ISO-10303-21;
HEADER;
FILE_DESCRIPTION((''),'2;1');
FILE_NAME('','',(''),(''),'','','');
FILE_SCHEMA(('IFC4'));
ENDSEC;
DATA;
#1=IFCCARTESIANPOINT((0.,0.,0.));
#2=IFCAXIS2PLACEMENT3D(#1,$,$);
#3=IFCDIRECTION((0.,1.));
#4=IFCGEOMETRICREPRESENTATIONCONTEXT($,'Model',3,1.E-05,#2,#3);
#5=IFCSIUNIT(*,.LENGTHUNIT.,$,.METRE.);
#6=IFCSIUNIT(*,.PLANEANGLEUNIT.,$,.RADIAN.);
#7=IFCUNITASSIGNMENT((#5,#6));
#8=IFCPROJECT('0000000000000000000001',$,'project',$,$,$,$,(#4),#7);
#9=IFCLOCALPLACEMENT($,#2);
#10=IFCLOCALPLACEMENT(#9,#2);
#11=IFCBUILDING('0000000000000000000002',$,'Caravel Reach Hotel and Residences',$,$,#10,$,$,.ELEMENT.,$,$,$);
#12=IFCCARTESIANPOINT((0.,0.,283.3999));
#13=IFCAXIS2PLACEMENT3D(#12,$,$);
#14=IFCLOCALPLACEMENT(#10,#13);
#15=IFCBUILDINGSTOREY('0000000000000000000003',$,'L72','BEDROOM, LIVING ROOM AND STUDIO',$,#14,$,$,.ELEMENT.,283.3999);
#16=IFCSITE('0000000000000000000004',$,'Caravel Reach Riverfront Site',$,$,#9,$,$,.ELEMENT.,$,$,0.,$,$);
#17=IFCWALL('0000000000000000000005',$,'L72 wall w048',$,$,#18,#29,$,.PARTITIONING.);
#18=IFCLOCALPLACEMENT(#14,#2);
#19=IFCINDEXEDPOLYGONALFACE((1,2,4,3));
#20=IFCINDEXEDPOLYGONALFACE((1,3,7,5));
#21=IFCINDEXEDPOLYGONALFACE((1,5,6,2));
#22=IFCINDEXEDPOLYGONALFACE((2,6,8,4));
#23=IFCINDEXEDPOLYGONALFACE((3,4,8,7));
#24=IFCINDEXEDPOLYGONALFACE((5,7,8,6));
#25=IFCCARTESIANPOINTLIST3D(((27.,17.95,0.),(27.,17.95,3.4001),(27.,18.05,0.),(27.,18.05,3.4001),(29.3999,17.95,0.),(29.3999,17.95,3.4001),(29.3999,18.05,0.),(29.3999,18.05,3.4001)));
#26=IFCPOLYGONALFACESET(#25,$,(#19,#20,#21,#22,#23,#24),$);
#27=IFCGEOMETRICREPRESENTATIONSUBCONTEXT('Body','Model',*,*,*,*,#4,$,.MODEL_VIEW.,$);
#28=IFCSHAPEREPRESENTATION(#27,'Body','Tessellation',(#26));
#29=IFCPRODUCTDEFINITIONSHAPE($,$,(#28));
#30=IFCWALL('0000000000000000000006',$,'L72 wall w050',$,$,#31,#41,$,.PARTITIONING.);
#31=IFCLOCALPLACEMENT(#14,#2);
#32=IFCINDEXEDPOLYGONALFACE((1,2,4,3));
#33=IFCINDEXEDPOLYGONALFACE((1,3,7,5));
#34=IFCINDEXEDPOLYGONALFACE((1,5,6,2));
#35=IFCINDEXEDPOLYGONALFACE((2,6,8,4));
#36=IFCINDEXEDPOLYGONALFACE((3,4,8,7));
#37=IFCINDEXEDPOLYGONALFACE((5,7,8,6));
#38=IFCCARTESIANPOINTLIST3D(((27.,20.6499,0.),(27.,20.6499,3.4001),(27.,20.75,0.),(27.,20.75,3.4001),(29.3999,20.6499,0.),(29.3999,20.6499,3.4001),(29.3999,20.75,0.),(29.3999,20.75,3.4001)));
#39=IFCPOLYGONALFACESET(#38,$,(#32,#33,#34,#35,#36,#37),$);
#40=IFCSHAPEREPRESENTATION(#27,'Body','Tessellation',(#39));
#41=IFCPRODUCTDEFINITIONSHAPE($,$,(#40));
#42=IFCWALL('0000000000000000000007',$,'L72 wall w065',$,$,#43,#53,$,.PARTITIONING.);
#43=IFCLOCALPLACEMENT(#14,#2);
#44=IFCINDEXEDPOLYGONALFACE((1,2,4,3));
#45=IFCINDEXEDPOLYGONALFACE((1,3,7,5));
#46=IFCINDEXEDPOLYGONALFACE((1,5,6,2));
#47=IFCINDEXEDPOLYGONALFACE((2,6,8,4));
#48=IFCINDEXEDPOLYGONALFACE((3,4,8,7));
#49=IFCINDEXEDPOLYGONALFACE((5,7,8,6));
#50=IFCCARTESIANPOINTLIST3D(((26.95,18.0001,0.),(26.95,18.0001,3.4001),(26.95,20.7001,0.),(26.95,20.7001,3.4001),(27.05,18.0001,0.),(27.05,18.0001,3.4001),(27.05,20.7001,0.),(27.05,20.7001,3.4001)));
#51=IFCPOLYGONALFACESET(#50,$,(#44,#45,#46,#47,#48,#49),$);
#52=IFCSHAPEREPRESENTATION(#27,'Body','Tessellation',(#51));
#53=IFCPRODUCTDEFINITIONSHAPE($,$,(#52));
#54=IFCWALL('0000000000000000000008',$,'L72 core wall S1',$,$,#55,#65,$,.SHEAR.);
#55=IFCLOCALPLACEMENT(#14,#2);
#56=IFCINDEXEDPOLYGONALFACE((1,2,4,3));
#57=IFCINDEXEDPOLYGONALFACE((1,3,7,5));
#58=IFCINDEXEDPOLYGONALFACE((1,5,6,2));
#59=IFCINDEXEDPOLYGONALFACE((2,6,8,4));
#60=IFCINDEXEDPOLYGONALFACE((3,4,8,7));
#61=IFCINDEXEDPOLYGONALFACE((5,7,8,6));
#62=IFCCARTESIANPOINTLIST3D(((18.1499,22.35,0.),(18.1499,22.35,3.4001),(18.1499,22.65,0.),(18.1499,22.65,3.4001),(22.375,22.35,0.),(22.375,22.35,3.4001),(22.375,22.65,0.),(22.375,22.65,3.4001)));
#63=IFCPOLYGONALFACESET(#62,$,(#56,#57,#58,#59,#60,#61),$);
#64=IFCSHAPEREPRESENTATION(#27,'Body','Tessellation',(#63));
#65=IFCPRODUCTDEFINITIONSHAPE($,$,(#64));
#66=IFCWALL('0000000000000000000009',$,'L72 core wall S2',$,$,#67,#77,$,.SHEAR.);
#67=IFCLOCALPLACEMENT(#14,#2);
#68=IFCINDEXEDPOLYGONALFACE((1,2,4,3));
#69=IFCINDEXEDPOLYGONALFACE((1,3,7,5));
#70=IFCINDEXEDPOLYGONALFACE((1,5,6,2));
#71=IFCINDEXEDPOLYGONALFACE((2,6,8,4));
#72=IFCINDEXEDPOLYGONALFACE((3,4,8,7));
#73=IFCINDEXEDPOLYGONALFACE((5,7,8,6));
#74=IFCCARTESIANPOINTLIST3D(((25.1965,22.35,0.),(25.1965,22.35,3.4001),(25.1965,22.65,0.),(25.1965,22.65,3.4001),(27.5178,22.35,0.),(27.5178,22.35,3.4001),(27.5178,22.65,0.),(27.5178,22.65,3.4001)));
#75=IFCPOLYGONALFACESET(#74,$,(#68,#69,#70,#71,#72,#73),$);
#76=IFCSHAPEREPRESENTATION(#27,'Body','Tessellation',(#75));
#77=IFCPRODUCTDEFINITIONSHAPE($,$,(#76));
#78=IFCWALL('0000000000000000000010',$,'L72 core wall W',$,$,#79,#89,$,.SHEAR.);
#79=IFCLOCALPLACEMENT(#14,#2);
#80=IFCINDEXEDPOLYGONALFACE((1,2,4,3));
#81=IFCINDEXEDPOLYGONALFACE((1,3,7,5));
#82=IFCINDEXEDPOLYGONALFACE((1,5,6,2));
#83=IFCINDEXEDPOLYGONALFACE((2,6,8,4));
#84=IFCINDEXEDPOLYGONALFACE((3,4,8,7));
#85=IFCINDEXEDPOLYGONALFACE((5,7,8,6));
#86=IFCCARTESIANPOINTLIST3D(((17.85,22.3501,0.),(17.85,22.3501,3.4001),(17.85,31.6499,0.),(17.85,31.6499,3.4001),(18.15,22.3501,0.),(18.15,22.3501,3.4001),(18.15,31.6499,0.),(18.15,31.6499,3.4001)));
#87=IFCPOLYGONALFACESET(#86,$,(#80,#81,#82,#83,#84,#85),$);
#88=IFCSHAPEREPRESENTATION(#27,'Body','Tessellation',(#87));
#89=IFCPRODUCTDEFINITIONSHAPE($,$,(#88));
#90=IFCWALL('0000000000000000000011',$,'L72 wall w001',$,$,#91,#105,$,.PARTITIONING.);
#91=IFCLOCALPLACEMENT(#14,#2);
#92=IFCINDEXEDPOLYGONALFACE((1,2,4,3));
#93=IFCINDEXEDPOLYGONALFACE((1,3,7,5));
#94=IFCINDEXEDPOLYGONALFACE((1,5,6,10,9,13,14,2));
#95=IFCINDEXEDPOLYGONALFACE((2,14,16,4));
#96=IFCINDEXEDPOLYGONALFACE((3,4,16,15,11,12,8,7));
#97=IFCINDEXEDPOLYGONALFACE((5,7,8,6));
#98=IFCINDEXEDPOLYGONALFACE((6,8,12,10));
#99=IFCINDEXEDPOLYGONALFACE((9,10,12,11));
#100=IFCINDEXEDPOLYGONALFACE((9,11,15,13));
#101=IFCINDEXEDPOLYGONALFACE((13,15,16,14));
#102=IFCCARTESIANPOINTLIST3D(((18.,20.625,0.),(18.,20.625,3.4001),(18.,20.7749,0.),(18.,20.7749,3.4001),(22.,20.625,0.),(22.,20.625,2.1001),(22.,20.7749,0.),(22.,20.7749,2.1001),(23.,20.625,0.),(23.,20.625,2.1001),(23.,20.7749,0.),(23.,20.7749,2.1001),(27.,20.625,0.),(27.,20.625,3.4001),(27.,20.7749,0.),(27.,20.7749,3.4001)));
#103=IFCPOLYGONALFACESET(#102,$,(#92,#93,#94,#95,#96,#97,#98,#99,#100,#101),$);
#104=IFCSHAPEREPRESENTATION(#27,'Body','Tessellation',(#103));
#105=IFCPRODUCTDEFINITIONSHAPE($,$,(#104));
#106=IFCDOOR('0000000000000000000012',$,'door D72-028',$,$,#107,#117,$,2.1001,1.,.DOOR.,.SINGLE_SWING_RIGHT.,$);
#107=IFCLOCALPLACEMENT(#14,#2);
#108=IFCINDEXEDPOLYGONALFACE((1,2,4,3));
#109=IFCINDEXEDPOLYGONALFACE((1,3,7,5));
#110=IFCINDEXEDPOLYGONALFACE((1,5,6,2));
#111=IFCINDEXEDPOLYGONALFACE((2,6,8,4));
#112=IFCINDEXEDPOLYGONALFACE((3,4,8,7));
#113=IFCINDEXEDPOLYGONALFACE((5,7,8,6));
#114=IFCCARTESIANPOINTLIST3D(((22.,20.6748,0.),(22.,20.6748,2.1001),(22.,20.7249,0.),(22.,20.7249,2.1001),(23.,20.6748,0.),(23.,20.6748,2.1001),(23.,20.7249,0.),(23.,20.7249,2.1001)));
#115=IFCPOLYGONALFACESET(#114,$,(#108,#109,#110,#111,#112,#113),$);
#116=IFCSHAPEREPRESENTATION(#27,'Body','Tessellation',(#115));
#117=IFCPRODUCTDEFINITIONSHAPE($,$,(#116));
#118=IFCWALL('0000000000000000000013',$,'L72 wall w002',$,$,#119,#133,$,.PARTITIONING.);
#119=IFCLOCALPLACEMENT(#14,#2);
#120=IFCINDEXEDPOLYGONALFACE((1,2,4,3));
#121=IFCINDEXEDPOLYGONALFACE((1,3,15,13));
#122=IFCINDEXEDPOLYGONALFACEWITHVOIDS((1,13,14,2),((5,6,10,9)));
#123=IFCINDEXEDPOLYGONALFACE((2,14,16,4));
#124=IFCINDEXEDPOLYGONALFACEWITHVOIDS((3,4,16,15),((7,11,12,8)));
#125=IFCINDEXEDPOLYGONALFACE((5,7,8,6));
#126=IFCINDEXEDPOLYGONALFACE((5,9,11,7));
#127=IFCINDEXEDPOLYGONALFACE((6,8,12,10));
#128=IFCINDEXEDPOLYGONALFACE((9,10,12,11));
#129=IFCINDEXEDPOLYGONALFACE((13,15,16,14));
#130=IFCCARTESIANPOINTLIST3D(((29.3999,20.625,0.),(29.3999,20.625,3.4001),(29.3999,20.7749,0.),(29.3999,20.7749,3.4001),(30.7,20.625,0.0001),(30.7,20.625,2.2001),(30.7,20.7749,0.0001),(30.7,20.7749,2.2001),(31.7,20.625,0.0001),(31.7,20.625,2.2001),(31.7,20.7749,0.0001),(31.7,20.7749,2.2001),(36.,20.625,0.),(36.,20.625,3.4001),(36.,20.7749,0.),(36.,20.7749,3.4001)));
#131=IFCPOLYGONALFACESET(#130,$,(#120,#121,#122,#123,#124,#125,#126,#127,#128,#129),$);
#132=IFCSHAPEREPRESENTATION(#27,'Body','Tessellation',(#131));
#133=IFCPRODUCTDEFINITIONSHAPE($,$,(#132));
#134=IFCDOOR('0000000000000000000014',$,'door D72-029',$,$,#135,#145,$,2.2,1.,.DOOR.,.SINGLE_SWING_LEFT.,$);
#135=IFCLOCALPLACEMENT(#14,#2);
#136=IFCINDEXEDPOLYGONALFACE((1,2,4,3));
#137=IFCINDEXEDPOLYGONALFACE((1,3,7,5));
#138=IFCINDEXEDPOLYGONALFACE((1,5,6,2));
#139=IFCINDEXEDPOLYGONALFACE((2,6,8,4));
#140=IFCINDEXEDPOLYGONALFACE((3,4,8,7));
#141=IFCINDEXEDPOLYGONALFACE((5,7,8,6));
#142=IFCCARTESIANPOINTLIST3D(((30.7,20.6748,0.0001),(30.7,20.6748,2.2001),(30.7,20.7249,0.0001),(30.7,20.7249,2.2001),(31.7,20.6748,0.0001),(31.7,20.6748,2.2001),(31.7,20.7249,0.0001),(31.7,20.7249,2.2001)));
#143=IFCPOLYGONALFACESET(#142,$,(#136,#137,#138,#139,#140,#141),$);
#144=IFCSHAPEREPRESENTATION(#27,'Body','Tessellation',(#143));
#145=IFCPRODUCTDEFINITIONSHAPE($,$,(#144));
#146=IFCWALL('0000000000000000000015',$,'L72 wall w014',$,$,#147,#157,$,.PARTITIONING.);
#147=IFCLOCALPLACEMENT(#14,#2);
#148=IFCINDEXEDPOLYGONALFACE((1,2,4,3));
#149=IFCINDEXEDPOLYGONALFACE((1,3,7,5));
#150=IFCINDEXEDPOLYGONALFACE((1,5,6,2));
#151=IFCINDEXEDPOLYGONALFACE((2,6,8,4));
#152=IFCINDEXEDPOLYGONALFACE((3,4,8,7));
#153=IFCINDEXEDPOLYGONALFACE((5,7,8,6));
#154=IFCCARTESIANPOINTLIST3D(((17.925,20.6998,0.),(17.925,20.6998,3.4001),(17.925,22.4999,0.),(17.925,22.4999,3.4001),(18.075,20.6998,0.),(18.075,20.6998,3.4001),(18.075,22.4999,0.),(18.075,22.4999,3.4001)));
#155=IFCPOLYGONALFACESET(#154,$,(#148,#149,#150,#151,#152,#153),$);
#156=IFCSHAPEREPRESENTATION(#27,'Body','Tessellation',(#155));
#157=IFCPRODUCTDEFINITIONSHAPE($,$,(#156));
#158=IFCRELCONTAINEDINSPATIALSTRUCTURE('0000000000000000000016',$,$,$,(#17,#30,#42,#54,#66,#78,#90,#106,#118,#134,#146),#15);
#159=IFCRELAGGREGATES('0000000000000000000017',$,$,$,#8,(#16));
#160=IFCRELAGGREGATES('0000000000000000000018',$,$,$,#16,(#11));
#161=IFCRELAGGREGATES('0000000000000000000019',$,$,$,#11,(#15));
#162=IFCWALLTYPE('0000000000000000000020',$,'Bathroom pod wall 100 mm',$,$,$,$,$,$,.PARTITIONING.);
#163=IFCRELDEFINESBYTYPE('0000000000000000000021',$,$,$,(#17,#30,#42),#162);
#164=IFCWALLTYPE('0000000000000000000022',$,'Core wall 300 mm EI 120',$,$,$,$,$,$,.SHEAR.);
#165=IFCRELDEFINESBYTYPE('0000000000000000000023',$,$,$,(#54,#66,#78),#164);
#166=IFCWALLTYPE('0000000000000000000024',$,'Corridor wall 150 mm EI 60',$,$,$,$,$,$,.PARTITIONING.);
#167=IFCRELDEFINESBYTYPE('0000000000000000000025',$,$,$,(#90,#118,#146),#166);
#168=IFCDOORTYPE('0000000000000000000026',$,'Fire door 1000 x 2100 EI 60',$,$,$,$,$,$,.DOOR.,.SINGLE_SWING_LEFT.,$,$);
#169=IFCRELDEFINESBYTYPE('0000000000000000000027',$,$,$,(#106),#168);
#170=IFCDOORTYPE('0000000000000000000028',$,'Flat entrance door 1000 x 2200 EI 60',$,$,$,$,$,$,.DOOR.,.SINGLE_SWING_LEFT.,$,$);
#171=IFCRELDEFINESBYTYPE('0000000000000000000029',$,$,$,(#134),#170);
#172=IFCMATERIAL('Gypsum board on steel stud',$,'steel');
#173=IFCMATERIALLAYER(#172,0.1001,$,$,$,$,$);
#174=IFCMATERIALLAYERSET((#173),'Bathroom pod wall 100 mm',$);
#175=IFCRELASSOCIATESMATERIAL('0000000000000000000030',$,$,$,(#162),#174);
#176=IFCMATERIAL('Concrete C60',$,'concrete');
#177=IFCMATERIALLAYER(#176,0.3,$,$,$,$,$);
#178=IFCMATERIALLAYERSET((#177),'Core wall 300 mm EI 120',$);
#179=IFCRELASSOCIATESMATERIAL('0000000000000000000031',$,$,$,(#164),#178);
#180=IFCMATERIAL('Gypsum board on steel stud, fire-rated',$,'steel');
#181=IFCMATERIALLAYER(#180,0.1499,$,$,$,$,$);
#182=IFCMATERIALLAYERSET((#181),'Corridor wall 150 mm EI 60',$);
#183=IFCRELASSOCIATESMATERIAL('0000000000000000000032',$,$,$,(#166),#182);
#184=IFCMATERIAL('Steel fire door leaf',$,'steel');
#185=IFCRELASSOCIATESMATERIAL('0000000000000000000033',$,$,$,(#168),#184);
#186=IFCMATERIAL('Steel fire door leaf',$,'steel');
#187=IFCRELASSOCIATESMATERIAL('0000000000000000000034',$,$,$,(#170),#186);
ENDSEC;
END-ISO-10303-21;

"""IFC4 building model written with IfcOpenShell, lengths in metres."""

from ifc_helpers import new_model, si_unit, direction, frame, frame_2d, origin, place, context, subcontext, project, spatial, rectangle, extrude, material, layer, layer_set, type_object, element, fill, save


model = new_model("IFC4")

# Units and contexts
model_context = context("Model", 3, precision=1e-05, world=origin(), true_north=direction((0.0, 1.0)))
body_context = subcontext(model_context, "Body", "Model", "MODEL_VIEW")
ifc_project = project(units=[si_unit("LENGTHUNIT", "METRE"), si_unit("PLANEANGLEUNIT", "RADIAN")], contexts=[model_context])

# Site, building, storey
site_placement = place(None, origin())
site = spatial("IfcSite", under=ifc_project, at=site_placement, Name="Caravel Reach Riverfront Site", CompositionType="ELEMENT", RefElevation=0.0)
building_placement = place(site_placement, origin())
building = spatial("IfcBuilding", under=site, at=building_placement, Name="Caravel Reach Hotel and Residences", CompositionType="ELEMENT")
storey_placement = place(building_placement, frame((0.0, 0.0, 283.3999)))
storey = spatial("IfcBuildingStorey", under=building, at=storey_placement, Name="L72", Description="BEDROOM, LIVING ROOM AND STUDIO", CompositionType="ELEMENT", Elevation=283.3999)

# Walls
ifc_material_1 = material(Name="Gypsum board on steel stud", Category="steel")
ifc_layer_1 = layer(ifc_material_1, 0.1001)
ifc_layer_set_1 = layer_set([ifc_layer_1], Name="Bathroom pod wall 100 mm")
wall_type_1 = type_object("IfcWallType", Name="Bathroom pod wall 100 mm", PredefinedType="PARTITIONING", material=ifc_layer_set_1)
for number, where, z_axis, x_axis, name in (
    (1, (27.0, 18.0, 0.0), (0.0, 0.0, 1.0), (1.0, 0.0, 0.0), "L72 wall w048"),
    (2, (27.0, 20.7, 0.0), (0.0, 0.0, 1.0), (1.0, 0.0, 0.0), "L72 wall w050"),
):
    element("IfcWall", number, at=place(storey_placement, frame(where, z_axis=z_axis, x_axis=x_axis)), inside=storey, type_object=wall_type_1, Name=name, PredefinedType="PARTITIONING", context=body_context, shape_type="SweptSolid", body=[
        extrude(rectangle(XDim=2.3999, YDim=0.1001, at=frame_2d((1.2, 0.0))), origin(), (0.0, 0.0, 1.0), 3.4001),
    ])
wall_1_placement = place(storey_placement, frame((27.0, 18.0, 0.0), z_axis=(0.0, 0.0, 1.0), x_axis=(0.0, 1.0, 0.0)))
element("IfcWall", 3, at=wall_1_placement, inside=storey, type_object=wall_type_1, Name="L72 wall w065", PredefinedType="PARTITIONING", context=body_context, shape_type="SweptSolid", body=[
    extrude(rectangle(XDim=2.7, YDim=0.1001, at=frame_2d((1.3501, 0.0))), origin(), (0.0, 0.0, 1.0), 3.4001),
])
ifc_material_2 = material(Name="Concrete C60", Category="concrete")
ifc_layer_2 = layer(ifc_material_2, 0.3)
ifc_layer_set_2 = layer_set([ifc_layer_2], Name="Core wall 300 mm EI 120")
wall_type_2 = type_object("IfcWallType", Name="Core wall 300 mm EI 120", PredefinedType="SHEAR", material=ifc_layer_set_2)
wall_2_placement = place(storey_placement, frame((18.1499, 22.5, 0.0), z_axis=(0.0, 0.0, 1.0), x_axis=(1.0, 0.0, 0.0)))
element("IfcWall", 4, at=wall_2_placement, inside=storey, type_object=wall_type_2, Name="L72 core wall S1", PredefinedType="SHEAR", context=body_context, shape_type="SweptSolid", body=[
    extrude(rectangle(XDim=4.2251, YDim=0.3, at=frame_2d((2.1125, 0.0))), origin(), (0.0, 0.0, 1.0), 3.4001),
])
wall_3_placement = place(storey_placement, frame((25.1965, 22.5, 0.0), z_axis=(0.0, 0.0, 1.0), x_axis=(1.0, 0.0, 0.0)))
element("IfcWall", 5, at=wall_3_placement, inside=storey, type_object=wall_type_2, Name="L72 core wall S2", PredefinedType="SHEAR", context=body_context, shape_type="SweptSolid", body=[
    extrude(rectangle(XDim=2.3213, YDim=0.3, at=frame_2d((1.1606, 0.0))), origin(), (0.0, 0.0, 1.0), 3.4001),
])
wall_4_placement = place(storey_placement, frame((18.0, 22.3501, 0.0), z_axis=(0.0, 0.0, 1.0), x_axis=(0.0, 1.0, 0.0)))
element("IfcWall", 6, at=wall_4_placement, inside=storey, type_object=wall_type_2, Name="L72 core wall W", PredefinedType="SHEAR", context=body_context, shape_type="SweptSolid", body=[
    extrude(rectangle(XDim=9.2998, YDim=0.3, at=frame_2d((4.6499, 0.0))), origin(), (0.0, 0.0, 1.0), 3.4001),
])

# Walls, openings, doors
ifc_material_3 = material(Name="Gypsum board on steel stud, fire-rated", Category="steel")
ifc_layer_3 = layer(ifc_material_3, 0.1499)
ifc_layer_set_3 = layer_set([ifc_layer_3], Name="Corridor wall 150 mm EI 60")
wall_type_3 = type_object("IfcWallType", Name="Corridor wall 150 mm EI 60", PredefinedType="PARTITIONING", material=ifc_layer_set_3)
wall_5_placement = place(storey_placement, frame((18.0, 20.7, 0.0), z_axis=(0.0, 0.0, 1.0), x_axis=(1.0, 0.0, 0.0)))
wall_5 = element("IfcWall", 7, at=wall_5_placement, inside=storey, type_object=wall_type_3, Name="L72 wall w001", PredefinedType="PARTITIONING", context=body_context, shape_type="SweptSolid", body=[
    extrude(rectangle(XDim=9.0, YDim=0.1499, at=frame_2d((4.5, 0.0))), origin(), (0.0, 0.0, 1.0), 3.4001),
])
opening_1_placement = place(wall_5_placement, frame((4.0, 0.0, 0.0)))
opening_1 = element("IfcOpeningElement", 8, at=opening_1_placement, cuts=wall_5, PredefinedType="OPENING", context=body_context, shape_type="SweptSolid", body=[
    extrude(rectangle(XDim=1.0, YDim=2.1001, at=frame_2d((0.5, 1.05))), frame((0.0, 0.085, 0.0), z_axis=(0.0, -1.0, 0.0), x_axis=(1.0, 0.0, 0.0)), (0.0, 0.0, 1.0), 0.1699),
])
ifc_material_4 = material(Name="Steel fire door leaf", Category="steel")
door_type_1 = type_object("IfcDoorType", Name="Fire door 1000 x 2100 EI 60", OperationType="SINGLE_SWING_LEFT", PredefinedType="DOOR", material=ifc_material_4)
door_1_placement = place(opening_1_placement, origin())
door_1 = element("IfcDoor", 9, at=door_1_placement, inside=storey, type_object=door_type_1, Name="door D72-028", OperationType="SINGLE_SWING_RIGHT", OverallHeight=2.1001, OverallWidth=1.0, PredefinedType="DOOR", context=body_context, shape_type="SweptSolid", body=[
    extrude(rectangle(XDim=1.0, YDim=2.1001, at=frame_2d((0.5, 1.05))), frame((0.0, 0.0249, 0.0), z_axis=(0.0, -1.0, 0.0), x_axis=(1.0, 0.0, 0.0)), (0.0, 0.0, 1.0), 0.05),
])
fill(opening_1, door_1)
wall_6_placement = place(storey_placement, frame((29.3999, 20.7, 0.0), z_axis=(0.0, 0.0, 1.0), x_axis=(1.0, 0.0, 0.0)))
wall_6 = element("IfcWall", 10, at=wall_6_placement, inside=storey, type_object=wall_type_3, Name="L72 wall w002", PredefinedType="PARTITIONING", context=body_context, shape_type="SweptSolid", body=[
    extrude(rectangle(XDim=6.6001, YDim=0.1499, at=frame_2d((3.3, 0.0))), origin(), (0.0, 0.0, 1.0), 3.4001),
])
opening_2_placement = place(wall_6_placement, frame((1.3, 0.0, 0.0)))
opening_2 = element("IfcOpeningElement", 11, at=opening_2_placement, cuts=wall_6, PredefinedType="OPENING", context=body_context, shape_type="SweptSolid", body=[
    extrude(rectangle(XDim=1.0, YDim=2.2, at=frame_2d((0.5, 1.1001))), frame((0.0, 0.085, 0.0), z_axis=(0.0, -1.0, 0.0), x_axis=(1.0, 0.0, 0.0)), (0.0, 0.0, 1.0), 0.1699),
])
ifc_material_5 = material(Name="Steel fire door leaf", Category="steel")
door_type_2 = type_object("IfcDoorType", Name="Flat entrance door 1000 x 2200 EI 60", OperationType="SINGLE_SWING_LEFT", PredefinedType="DOOR", material=ifc_material_5)
door_2_placement = place(opening_2_placement, origin())
door_2 = element("IfcDoor", 12, at=door_2_placement, inside=storey, type_object=door_type_2, Name="door D72-029", OperationType="SINGLE_SWING_LEFT", OverallHeight=2.2, OverallWidth=1.0, PredefinedType="DOOR", context=body_context, shape_type="SweptSolid", body=[
    extrude(rectangle(XDim=1.0, YDim=2.2, at=frame_2d((0.5, 1.1001))), frame((0.0, 0.0249, 0.0), z_axis=(0.0, -1.0, 0.0), x_axis=(1.0, 0.0, 0.0)), (0.0, 0.0, 1.0), 0.05),
])
fill(opening_2, door_2)

# Wall
wall_7_placement = place(storey_placement, frame((18.0, 20.7, 0.0), z_axis=(0.0, 0.0, 1.0), x_axis=(0.0, 1.0, 0.0)))
element("IfcWall", 13, at=wall_7_placement, inside=storey, type_object=wall_type_3, Name="L72 wall w014", PredefinedType="PARTITIONING", context=body_context, shape_type="SweptSolid", body=[
    extrude(rectangle(XDim=1.8, YDim=0.1499, at=frame_2d((0.8999, 0.0))), origin(), (0.0, 0.0, 1.0), 3.4001),
])

save(model, "model.ifc")
